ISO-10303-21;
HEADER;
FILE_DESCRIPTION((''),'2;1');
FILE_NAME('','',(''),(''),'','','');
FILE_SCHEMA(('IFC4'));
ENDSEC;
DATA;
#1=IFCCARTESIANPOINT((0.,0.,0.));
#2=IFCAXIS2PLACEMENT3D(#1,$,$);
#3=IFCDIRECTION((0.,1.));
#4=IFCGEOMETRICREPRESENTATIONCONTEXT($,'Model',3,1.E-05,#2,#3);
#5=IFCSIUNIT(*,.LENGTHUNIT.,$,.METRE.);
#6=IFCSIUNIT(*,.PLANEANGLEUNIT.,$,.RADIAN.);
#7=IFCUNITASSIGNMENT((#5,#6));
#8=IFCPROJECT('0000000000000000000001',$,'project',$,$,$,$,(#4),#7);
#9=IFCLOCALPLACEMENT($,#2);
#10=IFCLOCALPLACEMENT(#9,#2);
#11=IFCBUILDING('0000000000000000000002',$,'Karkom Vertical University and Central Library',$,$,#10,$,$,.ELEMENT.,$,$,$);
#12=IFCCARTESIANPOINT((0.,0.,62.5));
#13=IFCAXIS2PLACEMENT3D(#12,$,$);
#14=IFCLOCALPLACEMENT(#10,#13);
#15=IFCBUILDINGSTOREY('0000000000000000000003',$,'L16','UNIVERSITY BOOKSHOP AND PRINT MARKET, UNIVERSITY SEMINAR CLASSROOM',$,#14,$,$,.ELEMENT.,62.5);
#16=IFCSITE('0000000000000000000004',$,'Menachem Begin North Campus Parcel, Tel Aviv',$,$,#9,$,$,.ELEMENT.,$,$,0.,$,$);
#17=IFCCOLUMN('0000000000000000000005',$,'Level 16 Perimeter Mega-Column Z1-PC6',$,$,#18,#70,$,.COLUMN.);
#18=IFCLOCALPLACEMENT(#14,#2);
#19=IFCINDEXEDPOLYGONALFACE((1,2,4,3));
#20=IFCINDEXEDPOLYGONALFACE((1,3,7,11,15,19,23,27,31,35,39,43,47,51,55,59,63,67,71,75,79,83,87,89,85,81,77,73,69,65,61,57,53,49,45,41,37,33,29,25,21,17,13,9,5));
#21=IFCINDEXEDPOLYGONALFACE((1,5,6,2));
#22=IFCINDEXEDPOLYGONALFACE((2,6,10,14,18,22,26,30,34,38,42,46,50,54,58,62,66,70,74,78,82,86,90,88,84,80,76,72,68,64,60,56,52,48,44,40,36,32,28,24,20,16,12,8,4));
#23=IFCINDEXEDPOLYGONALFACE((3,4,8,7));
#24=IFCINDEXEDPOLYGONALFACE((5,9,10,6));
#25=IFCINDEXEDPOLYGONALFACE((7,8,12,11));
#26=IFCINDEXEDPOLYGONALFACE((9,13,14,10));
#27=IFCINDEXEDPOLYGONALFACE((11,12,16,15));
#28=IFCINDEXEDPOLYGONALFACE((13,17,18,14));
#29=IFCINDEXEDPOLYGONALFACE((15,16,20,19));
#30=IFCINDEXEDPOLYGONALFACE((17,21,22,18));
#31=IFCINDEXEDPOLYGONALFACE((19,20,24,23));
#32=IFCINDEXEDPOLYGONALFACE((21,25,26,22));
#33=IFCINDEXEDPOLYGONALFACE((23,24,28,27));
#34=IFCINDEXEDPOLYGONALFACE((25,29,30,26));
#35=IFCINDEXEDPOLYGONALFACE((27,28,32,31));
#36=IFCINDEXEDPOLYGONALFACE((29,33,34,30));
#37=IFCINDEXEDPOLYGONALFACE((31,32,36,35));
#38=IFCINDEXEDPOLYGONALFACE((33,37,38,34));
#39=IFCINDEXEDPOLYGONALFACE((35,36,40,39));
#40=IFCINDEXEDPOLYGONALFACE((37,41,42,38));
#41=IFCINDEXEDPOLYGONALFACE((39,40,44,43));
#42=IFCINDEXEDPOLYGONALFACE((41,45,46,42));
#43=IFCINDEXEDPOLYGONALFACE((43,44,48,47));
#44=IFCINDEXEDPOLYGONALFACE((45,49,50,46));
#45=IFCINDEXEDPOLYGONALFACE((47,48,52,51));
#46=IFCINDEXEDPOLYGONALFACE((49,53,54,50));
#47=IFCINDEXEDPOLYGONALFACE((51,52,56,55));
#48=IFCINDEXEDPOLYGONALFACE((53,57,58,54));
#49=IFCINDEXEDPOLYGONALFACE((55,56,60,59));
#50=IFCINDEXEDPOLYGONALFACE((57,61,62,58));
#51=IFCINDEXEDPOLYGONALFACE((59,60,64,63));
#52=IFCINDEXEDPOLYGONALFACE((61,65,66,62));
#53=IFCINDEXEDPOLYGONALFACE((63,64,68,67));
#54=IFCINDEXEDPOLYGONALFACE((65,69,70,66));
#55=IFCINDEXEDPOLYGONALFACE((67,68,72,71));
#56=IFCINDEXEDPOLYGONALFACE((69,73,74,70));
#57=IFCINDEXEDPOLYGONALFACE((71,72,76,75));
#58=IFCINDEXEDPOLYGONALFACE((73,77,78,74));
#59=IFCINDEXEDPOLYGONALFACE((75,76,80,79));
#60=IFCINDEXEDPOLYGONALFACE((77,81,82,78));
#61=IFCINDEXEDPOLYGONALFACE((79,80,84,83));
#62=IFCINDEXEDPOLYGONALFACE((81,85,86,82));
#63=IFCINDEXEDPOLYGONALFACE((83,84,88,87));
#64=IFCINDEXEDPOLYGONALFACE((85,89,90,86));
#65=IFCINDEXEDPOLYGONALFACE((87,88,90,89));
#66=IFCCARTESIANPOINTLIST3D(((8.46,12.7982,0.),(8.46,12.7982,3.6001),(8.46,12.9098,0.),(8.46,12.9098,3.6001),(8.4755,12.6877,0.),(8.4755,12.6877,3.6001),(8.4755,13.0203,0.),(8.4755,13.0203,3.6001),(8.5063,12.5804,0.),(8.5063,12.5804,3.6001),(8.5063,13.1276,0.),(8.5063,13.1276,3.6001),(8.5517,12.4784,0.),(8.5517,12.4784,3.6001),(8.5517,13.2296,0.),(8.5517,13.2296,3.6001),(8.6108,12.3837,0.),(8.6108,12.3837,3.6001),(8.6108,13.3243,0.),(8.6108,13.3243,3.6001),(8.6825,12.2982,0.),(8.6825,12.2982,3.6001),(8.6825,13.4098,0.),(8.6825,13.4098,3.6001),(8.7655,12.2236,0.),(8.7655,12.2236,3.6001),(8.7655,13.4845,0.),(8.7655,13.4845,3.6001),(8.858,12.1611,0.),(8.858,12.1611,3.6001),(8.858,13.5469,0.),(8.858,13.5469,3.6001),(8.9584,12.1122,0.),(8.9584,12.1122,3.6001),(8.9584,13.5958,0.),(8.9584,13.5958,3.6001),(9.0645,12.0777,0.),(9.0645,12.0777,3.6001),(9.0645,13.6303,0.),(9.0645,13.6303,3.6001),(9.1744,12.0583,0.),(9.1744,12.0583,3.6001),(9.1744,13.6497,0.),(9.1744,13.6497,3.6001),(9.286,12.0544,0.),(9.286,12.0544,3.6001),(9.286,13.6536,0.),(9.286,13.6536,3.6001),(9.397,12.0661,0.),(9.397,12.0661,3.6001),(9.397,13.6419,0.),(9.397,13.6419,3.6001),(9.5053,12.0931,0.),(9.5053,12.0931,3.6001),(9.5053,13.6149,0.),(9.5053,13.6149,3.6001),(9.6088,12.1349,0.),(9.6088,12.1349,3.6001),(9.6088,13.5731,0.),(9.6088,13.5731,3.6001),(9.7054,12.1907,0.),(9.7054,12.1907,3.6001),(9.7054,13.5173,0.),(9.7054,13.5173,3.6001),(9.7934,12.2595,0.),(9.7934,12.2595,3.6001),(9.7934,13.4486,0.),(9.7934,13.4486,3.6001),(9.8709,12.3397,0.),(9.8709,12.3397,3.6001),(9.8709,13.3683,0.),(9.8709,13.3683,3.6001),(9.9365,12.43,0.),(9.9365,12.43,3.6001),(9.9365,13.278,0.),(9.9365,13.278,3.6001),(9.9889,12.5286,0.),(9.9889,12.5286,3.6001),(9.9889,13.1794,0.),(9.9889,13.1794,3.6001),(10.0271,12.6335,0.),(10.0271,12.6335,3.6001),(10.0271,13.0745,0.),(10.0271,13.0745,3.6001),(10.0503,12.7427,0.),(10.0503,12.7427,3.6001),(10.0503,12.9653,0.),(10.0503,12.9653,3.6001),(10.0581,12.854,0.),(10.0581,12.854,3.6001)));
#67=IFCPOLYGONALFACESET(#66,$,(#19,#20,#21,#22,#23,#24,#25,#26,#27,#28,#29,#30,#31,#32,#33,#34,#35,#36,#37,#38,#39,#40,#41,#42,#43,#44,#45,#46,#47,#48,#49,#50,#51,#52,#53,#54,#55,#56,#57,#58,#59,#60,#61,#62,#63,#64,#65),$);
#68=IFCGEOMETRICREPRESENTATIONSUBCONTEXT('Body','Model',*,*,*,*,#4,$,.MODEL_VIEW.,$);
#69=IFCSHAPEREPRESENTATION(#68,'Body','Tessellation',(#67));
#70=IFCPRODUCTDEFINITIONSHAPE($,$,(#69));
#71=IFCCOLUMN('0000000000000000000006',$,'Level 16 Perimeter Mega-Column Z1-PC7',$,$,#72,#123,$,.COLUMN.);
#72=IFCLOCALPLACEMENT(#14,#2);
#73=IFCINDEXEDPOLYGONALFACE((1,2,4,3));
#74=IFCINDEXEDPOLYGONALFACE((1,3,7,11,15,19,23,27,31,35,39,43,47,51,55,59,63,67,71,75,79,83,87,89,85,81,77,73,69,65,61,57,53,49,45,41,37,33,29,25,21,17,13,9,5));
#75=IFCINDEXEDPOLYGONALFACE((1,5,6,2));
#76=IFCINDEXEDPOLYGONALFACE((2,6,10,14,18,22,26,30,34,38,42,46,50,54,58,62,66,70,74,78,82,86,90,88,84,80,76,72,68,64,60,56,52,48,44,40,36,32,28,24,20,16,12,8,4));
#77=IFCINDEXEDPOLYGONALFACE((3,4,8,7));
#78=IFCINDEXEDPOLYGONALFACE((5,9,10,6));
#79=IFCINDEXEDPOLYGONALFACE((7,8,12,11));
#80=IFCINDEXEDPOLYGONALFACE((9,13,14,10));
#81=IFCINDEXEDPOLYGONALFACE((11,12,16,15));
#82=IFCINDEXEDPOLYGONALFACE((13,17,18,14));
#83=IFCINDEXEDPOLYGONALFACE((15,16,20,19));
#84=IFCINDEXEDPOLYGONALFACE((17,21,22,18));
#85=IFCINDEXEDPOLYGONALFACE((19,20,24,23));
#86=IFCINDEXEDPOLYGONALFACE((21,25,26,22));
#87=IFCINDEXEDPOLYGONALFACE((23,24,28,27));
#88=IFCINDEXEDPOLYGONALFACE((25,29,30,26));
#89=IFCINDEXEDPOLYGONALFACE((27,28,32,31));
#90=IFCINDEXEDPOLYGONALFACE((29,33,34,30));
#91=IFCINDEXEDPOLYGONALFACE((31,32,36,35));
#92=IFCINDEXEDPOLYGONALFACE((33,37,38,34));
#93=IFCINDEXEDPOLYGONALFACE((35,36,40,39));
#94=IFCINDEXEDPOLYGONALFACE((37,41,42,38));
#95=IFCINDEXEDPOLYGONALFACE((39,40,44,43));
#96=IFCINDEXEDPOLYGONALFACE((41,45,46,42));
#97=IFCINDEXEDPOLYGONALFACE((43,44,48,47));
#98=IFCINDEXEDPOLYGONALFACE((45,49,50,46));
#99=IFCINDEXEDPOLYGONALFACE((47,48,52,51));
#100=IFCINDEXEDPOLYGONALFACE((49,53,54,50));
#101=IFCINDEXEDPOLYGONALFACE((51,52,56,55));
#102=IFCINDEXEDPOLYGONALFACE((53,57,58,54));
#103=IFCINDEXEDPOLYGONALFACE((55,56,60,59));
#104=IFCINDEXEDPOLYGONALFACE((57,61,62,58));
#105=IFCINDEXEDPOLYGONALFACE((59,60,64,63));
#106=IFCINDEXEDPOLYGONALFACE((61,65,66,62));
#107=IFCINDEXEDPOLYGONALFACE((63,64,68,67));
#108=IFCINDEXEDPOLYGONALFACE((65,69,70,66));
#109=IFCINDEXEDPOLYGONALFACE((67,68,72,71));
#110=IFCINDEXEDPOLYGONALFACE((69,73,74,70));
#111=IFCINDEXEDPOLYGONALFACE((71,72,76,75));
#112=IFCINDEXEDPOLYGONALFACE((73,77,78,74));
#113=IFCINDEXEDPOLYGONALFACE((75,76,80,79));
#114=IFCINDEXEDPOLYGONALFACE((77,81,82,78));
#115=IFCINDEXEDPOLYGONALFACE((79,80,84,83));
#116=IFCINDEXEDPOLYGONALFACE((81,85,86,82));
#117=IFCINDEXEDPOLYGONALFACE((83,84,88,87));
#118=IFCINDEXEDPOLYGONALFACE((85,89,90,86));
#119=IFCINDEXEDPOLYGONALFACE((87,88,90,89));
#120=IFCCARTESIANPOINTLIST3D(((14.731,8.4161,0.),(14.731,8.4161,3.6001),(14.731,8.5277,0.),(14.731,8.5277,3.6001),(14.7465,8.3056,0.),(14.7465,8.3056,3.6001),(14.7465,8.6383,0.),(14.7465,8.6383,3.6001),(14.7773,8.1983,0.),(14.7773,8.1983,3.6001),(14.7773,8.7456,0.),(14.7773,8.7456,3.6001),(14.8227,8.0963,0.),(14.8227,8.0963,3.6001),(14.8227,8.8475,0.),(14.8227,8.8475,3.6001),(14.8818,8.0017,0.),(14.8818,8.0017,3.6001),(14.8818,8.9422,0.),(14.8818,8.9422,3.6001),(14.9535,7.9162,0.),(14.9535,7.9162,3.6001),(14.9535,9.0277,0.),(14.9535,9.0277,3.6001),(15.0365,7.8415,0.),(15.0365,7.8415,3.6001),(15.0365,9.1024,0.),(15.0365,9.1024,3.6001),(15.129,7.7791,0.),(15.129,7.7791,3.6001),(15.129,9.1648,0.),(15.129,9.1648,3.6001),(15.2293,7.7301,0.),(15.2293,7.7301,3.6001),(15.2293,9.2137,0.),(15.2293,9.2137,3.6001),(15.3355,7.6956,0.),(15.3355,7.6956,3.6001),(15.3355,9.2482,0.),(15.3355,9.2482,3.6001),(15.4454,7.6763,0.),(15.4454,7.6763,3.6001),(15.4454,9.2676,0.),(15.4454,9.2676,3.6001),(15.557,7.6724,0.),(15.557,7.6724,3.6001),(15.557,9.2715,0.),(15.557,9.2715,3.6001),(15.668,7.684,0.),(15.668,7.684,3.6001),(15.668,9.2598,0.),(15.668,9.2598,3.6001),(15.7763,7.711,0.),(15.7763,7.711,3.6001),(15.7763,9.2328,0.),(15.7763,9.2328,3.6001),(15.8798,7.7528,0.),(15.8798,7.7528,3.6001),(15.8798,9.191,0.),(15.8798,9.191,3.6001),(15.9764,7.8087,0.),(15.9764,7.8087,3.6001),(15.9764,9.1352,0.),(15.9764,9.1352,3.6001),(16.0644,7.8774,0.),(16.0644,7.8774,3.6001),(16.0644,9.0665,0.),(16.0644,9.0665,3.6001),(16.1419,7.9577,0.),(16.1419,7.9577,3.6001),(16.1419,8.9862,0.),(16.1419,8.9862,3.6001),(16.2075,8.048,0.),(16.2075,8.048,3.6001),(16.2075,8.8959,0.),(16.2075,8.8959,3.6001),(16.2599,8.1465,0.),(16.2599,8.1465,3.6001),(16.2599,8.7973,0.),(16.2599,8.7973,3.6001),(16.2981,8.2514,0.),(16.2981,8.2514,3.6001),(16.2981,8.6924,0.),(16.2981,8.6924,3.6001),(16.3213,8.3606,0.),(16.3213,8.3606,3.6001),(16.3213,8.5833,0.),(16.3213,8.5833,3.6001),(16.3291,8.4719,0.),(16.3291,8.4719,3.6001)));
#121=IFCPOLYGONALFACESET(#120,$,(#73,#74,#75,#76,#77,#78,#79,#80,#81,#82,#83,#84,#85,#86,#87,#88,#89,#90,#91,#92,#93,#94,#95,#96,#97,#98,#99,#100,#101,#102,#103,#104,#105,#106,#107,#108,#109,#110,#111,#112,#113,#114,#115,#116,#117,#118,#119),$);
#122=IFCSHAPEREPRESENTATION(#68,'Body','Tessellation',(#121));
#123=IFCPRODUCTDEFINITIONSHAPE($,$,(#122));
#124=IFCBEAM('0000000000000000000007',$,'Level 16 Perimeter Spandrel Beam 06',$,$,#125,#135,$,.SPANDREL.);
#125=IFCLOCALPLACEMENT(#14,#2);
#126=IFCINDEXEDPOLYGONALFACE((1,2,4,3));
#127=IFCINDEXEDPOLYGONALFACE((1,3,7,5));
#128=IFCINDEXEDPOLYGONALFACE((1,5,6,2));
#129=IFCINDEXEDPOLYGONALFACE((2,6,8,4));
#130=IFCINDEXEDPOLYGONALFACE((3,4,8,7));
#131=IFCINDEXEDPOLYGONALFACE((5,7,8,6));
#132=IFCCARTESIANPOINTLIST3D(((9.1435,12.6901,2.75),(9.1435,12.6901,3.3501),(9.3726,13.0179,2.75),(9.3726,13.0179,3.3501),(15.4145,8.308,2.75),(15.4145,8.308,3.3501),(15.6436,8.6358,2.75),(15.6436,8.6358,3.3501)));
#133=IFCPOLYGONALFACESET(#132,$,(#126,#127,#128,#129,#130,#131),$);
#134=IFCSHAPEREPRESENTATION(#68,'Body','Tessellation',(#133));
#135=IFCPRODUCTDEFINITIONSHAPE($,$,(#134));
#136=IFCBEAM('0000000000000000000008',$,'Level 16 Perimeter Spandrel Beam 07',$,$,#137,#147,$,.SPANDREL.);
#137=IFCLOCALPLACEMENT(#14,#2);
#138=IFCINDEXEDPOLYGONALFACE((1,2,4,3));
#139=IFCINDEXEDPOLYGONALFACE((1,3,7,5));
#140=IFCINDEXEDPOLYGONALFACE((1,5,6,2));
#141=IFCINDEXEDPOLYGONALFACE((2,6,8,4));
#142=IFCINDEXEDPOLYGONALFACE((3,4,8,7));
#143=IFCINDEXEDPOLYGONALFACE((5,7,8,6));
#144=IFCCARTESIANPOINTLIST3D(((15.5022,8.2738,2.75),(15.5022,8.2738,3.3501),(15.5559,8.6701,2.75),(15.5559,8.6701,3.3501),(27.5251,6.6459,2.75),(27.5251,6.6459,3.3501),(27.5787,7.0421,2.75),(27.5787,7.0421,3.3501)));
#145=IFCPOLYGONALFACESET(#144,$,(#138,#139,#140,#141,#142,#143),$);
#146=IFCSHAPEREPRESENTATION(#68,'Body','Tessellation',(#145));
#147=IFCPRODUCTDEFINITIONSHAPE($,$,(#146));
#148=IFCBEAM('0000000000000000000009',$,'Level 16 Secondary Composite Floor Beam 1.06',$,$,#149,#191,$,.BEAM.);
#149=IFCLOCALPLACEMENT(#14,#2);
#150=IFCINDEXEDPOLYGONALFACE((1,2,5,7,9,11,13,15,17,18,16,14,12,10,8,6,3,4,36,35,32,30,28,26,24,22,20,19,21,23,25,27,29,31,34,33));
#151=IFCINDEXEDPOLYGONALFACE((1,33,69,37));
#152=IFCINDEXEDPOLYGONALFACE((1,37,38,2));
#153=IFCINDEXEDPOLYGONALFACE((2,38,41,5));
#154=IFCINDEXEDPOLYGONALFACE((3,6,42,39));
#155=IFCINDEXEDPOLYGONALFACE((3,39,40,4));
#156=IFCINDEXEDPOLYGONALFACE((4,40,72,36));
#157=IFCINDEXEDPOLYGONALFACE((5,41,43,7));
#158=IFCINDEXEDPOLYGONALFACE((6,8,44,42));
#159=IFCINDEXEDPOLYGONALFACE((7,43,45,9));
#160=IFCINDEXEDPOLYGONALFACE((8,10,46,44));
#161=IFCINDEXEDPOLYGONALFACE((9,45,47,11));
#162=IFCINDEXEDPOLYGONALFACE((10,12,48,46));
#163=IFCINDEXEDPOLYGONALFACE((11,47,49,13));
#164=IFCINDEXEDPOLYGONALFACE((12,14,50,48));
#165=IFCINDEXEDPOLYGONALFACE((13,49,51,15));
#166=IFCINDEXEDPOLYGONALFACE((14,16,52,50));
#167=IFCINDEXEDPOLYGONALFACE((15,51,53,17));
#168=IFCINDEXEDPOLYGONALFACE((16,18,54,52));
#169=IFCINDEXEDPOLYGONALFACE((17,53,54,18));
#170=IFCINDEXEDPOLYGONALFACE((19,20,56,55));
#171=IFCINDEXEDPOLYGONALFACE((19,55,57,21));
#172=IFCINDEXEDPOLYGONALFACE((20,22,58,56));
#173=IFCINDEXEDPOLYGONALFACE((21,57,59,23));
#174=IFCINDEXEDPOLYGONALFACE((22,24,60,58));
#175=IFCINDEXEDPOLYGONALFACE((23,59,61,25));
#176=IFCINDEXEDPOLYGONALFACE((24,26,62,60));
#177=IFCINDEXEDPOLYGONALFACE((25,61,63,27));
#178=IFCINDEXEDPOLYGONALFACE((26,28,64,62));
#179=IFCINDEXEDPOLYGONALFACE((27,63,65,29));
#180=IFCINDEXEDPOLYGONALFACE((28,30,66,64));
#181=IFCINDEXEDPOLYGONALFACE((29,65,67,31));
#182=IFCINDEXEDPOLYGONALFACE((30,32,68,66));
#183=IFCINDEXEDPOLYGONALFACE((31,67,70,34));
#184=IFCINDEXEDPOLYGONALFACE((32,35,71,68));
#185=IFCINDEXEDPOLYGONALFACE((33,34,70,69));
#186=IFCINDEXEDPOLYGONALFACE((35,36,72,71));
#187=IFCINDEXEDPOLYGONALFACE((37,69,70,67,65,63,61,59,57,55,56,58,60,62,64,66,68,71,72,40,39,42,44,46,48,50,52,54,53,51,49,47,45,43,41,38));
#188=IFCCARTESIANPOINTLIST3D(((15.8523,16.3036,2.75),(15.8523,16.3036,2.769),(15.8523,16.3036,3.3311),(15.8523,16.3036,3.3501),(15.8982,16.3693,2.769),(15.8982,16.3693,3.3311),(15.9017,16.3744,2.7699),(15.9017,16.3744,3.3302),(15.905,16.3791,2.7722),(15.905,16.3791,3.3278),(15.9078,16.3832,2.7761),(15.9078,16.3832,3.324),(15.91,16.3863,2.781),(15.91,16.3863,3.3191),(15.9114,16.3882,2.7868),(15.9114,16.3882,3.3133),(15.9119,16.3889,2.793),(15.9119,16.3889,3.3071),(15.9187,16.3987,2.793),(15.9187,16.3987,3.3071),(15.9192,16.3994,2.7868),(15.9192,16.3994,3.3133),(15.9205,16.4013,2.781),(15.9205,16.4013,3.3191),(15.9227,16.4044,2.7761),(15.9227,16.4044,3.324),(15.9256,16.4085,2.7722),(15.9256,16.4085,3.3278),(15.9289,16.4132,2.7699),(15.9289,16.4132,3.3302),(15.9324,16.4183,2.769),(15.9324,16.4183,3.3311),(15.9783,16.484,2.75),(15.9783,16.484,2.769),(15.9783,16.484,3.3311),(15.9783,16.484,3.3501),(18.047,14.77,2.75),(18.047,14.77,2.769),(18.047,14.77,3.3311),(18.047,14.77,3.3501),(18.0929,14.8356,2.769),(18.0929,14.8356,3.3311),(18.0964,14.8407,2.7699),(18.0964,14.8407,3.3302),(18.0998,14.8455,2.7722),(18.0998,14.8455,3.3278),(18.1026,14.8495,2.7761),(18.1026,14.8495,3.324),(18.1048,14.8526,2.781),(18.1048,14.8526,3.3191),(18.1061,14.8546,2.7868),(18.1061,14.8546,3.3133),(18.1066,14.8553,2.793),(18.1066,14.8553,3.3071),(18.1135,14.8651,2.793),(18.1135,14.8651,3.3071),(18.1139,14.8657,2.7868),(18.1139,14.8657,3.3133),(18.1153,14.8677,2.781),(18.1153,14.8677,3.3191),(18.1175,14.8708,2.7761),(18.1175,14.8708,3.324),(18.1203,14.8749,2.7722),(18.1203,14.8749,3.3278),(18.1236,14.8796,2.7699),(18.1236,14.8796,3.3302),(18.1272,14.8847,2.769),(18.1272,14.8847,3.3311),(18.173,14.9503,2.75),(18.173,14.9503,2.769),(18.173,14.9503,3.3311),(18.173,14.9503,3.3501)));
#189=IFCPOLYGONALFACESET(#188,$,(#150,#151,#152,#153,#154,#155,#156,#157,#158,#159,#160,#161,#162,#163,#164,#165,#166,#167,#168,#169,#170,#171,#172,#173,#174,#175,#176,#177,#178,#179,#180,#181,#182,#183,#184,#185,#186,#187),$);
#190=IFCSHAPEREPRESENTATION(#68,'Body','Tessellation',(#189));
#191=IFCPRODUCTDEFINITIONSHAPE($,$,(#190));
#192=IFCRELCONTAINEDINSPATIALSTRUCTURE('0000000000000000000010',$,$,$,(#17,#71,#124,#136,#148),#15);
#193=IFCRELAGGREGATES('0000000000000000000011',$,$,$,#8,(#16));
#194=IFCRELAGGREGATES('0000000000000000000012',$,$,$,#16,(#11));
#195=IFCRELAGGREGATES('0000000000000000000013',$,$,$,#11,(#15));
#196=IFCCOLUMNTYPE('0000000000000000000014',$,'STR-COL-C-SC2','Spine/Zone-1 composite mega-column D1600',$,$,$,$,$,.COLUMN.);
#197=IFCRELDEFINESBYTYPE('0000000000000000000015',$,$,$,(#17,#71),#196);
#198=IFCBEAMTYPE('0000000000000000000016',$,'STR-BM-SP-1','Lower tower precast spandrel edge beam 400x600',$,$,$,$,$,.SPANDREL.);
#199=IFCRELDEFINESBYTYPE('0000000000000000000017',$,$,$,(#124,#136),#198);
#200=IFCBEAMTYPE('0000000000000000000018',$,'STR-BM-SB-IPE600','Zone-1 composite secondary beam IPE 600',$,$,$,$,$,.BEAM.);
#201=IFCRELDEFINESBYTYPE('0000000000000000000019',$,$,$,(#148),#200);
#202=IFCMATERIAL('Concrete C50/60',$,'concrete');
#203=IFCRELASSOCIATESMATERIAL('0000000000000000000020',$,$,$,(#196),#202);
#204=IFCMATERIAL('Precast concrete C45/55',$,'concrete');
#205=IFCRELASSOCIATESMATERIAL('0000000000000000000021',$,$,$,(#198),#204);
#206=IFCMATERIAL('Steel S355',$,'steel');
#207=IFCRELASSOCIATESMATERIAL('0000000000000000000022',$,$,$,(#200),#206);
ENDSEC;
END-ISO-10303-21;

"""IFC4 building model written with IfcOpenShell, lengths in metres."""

from ifc_helpers import new_model, si_unit, direction, frame, origin, origin_with_axes, origin_2d, place, context, subcontext, project, spatial, rectangle, circle, i_section, extrude, source, transform, mapped, material, material_profile, profile_set, type_object, element, save


model = new_model("IFC4")

# Units and contexts
model_context = context("Model", 3, precision=1e-05, world=origin(), true_north=direction((0.0, 1.0)))
body_context = subcontext(model_context, "Body", "Model", "MODEL_VIEW")
ifc_project = project(units=[si_unit("LENGTHUNIT", "METRE"), si_unit("PLANEANGLEUNIT", "RADIAN")], contexts=[model_context])

# Site, building, storey
site_placement = place(None, origin())
site = spatial("IfcSite", under=ifc_project, at=site_placement, Name="Menachem Begin North Campus Parcel, Tel Aviv", CompositionType="ELEMENT", RefElevation=0.0)
building_placement = place(site_placement, origin())
building = spatial("IfcBuilding", under=site, at=building_placement, Name="Karkom Vertical University and Central Library", CompositionType="ELEMENT")
storey_placement = place(building_placement, frame((0.0, 0.0, 62.5)))
storey = spatial("IfcBuildingStorey", under=building, at=storey_placement, Name="L16", Description="UNIVERSITY BOOKSHOP AND PRINT MARKET, UNIVERSITY SEMINAR CLASSROOM", CompositionType="ELEMENT", Elevation=62.5)

# Columns
ifc_material_1 = material(Name="Concrete C50/60", Category="concrete")
ifc_material_profile_1 = material_profile(ifc_material_1, circle(Radius=0.8, at=origin_2d()), Name="CFT-D1600")
ifc_profile_set_1 = profile_set([ifc_material_profile_1], Name="Concrete C50/60")
column_type = type_object("IfcColumnType", Name="STR-COL-C-SC2", Description="Spine/Zone-1 composite mega-column D1600", PredefinedType="COLUMN", material=ifc_profile_set_1)
shared_shape_1 = source(origin_with_axes(), body_context, "Body", "SweptSolid", [
    extrude(circle(Radius=0.8, at=origin_2d()), origin(), (0.0, 0.0, 1.0), 3.6001),
])
for number, where, z_axis, x_axis, name in (
    (1, (9.2581, 12.854, 0.0), (0.0, 0.0, 1.0), (1.0, 0.0, 0.0), "Level 16 Perimeter Mega-Column Z1-PC6"),
    (2, (15.5291, 8.4719, 0.0), (0.0, 0.0, 1.0), (1.0, 0.0, 0.0), "Level 16 Perimeter Mega-Column Z1-PC7"),
):
    element("IfcColumn", number, at=place(storey_placement, frame(where, z_axis=z_axis, x_axis=x_axis)), inside=storey, type_object=column_type, Name=name, PredefinedType="COLUMN", context=body_context, shape_type="MappedRepresentation", body=[
        mapped(shared_shape_1, transform((0.0, 0.0, 0.0), scale=1.0)),
    ])

# Beams
ifc_material_2 = material(Name="Precast concrete C45/55", Category="concrete")
ifc_material_profile_2 = material_profile(ifc_material_2, rectangle(XDim=0.3999, YDim=0.6001, at=origin_2d()), Name="SPB-400x600")
ifc_profile_set_2 = profile_set([ifc_material_profile_2], Name="Precast concrete C45/55")
beam_type_1 = type_object("IfcBeamType", Name="STR-BM-SP-1", Description="Lower tower precast spandrel edge beam 400x600", PredefinedType="SPANDREL", material=ifc_profile_set_2)
shared_shape_2 = source(origin_with_axes(), body_context, "Body", "SweptSolid", [
    extrude(rectangle(XDim=0.3999, YDim=0.6001, at=origin_2d()), origin(), (0.0, 0.0, 1.0), 7.6504),
])
beam_1_placement = place(storey_placement, frame((9.2581, 12.854, 3.05), z_axis=(0.819699, -0.572794, 0.0), x_axis=(0.572794, 0.819699, 0.0)))
element("IfcBeam", 3, at=beam_1_placement, inside=storey, type_object=beam_type_1, Name="Level 16 Perimeter Spandrel Beam 06", PredefinedType="SPANDREL", context=body_context, shape_type="MappedRepresentation", body=[
    mapped(shared_shape_2, transform((0.0, 0.0, 0.0), scale=1.0)),
])
shared_shape_3 = source(origin_with_axes(), body_context, "Body", "SweptSolid", [
    extrude(rectangle(XDim=0.3999, YDim=0.6001, at=origin_2d()), origin(), (0.0, 0.0, 1.0), 12.1326),
])
beam_2_placement = place(storey_placement, frame((15.5291, 8.4719, 3.05), z_axis=(0.990957, -0.134177, 0.0), x_axis=(0.134177, 0.990957, 0.0)))
element("IfcBeam", 4, at=beam_2_placement, inside=storey, type_object=beam_type_1, Name="Level 16 Perimeter Spandrel Beam 07", PredefinedType="SPANDREL", context=body_context, shape_type="MappedRepresentation", body=[
    mapped(shared_shape_3, transform((0.0, 0.0, 0.0), scale=1.0)),
])
ifc_material_3 = material(Name="Steel S355", Category="steel")
ifc_material_profile_3 = material_profile(ifc_material_3, i_section(OverallWidth=0.22, OverallDepth=0.6001, WebThickness=0.012, FlangeThickness=0.019, FilletRadius=0.0239, at=origin_2d()), Name="IPE 600")
ifc_profile_set_3 = profile_set([ifc_material_profile_3], Name="Steel S355")
beam_type_2 = type_object("IfcBeamType", Name="STR-BM-SB-IPE600", Description="Zone-1 composite secondary beam IPE 600", PredefinedType="BEAM", material=ifc_profile_set_3)
shared_shape_4 = source(origin_with_axes(), body_context, "Body", "SweptSolid", [
    extrude(i_section(OverallWidth=0.22, OverallDepth=0.6001, WebThickness=0.012, FlangeThickness=0.019, FilletRadius=0.0239, at=origin_2d()), origin(), (0.0, 0.0, 1.0), 2.6775),
])
beam_3_placement = place(storey_placement, frame((15.9153, 16.3938, 3.05), z_axis=(0.819703, -0.572789, 0.0), x_axis=(0.572789, 0.819703, 0.0)))
element("IfcBeam", 5, at=beam_3_placement, inside=storey, type_object=beam_type_2, Name="Level 16 Secondary Composite Floor Beam 1.06", PredefinedType="BEAM", context=body_context, shape_type="MappedRepresentation", body=[
    mapped(shared_shape_4, transform((0.0, 0.0, 0.0), scale=1.0)),
])

save(model, "model.ifc")
